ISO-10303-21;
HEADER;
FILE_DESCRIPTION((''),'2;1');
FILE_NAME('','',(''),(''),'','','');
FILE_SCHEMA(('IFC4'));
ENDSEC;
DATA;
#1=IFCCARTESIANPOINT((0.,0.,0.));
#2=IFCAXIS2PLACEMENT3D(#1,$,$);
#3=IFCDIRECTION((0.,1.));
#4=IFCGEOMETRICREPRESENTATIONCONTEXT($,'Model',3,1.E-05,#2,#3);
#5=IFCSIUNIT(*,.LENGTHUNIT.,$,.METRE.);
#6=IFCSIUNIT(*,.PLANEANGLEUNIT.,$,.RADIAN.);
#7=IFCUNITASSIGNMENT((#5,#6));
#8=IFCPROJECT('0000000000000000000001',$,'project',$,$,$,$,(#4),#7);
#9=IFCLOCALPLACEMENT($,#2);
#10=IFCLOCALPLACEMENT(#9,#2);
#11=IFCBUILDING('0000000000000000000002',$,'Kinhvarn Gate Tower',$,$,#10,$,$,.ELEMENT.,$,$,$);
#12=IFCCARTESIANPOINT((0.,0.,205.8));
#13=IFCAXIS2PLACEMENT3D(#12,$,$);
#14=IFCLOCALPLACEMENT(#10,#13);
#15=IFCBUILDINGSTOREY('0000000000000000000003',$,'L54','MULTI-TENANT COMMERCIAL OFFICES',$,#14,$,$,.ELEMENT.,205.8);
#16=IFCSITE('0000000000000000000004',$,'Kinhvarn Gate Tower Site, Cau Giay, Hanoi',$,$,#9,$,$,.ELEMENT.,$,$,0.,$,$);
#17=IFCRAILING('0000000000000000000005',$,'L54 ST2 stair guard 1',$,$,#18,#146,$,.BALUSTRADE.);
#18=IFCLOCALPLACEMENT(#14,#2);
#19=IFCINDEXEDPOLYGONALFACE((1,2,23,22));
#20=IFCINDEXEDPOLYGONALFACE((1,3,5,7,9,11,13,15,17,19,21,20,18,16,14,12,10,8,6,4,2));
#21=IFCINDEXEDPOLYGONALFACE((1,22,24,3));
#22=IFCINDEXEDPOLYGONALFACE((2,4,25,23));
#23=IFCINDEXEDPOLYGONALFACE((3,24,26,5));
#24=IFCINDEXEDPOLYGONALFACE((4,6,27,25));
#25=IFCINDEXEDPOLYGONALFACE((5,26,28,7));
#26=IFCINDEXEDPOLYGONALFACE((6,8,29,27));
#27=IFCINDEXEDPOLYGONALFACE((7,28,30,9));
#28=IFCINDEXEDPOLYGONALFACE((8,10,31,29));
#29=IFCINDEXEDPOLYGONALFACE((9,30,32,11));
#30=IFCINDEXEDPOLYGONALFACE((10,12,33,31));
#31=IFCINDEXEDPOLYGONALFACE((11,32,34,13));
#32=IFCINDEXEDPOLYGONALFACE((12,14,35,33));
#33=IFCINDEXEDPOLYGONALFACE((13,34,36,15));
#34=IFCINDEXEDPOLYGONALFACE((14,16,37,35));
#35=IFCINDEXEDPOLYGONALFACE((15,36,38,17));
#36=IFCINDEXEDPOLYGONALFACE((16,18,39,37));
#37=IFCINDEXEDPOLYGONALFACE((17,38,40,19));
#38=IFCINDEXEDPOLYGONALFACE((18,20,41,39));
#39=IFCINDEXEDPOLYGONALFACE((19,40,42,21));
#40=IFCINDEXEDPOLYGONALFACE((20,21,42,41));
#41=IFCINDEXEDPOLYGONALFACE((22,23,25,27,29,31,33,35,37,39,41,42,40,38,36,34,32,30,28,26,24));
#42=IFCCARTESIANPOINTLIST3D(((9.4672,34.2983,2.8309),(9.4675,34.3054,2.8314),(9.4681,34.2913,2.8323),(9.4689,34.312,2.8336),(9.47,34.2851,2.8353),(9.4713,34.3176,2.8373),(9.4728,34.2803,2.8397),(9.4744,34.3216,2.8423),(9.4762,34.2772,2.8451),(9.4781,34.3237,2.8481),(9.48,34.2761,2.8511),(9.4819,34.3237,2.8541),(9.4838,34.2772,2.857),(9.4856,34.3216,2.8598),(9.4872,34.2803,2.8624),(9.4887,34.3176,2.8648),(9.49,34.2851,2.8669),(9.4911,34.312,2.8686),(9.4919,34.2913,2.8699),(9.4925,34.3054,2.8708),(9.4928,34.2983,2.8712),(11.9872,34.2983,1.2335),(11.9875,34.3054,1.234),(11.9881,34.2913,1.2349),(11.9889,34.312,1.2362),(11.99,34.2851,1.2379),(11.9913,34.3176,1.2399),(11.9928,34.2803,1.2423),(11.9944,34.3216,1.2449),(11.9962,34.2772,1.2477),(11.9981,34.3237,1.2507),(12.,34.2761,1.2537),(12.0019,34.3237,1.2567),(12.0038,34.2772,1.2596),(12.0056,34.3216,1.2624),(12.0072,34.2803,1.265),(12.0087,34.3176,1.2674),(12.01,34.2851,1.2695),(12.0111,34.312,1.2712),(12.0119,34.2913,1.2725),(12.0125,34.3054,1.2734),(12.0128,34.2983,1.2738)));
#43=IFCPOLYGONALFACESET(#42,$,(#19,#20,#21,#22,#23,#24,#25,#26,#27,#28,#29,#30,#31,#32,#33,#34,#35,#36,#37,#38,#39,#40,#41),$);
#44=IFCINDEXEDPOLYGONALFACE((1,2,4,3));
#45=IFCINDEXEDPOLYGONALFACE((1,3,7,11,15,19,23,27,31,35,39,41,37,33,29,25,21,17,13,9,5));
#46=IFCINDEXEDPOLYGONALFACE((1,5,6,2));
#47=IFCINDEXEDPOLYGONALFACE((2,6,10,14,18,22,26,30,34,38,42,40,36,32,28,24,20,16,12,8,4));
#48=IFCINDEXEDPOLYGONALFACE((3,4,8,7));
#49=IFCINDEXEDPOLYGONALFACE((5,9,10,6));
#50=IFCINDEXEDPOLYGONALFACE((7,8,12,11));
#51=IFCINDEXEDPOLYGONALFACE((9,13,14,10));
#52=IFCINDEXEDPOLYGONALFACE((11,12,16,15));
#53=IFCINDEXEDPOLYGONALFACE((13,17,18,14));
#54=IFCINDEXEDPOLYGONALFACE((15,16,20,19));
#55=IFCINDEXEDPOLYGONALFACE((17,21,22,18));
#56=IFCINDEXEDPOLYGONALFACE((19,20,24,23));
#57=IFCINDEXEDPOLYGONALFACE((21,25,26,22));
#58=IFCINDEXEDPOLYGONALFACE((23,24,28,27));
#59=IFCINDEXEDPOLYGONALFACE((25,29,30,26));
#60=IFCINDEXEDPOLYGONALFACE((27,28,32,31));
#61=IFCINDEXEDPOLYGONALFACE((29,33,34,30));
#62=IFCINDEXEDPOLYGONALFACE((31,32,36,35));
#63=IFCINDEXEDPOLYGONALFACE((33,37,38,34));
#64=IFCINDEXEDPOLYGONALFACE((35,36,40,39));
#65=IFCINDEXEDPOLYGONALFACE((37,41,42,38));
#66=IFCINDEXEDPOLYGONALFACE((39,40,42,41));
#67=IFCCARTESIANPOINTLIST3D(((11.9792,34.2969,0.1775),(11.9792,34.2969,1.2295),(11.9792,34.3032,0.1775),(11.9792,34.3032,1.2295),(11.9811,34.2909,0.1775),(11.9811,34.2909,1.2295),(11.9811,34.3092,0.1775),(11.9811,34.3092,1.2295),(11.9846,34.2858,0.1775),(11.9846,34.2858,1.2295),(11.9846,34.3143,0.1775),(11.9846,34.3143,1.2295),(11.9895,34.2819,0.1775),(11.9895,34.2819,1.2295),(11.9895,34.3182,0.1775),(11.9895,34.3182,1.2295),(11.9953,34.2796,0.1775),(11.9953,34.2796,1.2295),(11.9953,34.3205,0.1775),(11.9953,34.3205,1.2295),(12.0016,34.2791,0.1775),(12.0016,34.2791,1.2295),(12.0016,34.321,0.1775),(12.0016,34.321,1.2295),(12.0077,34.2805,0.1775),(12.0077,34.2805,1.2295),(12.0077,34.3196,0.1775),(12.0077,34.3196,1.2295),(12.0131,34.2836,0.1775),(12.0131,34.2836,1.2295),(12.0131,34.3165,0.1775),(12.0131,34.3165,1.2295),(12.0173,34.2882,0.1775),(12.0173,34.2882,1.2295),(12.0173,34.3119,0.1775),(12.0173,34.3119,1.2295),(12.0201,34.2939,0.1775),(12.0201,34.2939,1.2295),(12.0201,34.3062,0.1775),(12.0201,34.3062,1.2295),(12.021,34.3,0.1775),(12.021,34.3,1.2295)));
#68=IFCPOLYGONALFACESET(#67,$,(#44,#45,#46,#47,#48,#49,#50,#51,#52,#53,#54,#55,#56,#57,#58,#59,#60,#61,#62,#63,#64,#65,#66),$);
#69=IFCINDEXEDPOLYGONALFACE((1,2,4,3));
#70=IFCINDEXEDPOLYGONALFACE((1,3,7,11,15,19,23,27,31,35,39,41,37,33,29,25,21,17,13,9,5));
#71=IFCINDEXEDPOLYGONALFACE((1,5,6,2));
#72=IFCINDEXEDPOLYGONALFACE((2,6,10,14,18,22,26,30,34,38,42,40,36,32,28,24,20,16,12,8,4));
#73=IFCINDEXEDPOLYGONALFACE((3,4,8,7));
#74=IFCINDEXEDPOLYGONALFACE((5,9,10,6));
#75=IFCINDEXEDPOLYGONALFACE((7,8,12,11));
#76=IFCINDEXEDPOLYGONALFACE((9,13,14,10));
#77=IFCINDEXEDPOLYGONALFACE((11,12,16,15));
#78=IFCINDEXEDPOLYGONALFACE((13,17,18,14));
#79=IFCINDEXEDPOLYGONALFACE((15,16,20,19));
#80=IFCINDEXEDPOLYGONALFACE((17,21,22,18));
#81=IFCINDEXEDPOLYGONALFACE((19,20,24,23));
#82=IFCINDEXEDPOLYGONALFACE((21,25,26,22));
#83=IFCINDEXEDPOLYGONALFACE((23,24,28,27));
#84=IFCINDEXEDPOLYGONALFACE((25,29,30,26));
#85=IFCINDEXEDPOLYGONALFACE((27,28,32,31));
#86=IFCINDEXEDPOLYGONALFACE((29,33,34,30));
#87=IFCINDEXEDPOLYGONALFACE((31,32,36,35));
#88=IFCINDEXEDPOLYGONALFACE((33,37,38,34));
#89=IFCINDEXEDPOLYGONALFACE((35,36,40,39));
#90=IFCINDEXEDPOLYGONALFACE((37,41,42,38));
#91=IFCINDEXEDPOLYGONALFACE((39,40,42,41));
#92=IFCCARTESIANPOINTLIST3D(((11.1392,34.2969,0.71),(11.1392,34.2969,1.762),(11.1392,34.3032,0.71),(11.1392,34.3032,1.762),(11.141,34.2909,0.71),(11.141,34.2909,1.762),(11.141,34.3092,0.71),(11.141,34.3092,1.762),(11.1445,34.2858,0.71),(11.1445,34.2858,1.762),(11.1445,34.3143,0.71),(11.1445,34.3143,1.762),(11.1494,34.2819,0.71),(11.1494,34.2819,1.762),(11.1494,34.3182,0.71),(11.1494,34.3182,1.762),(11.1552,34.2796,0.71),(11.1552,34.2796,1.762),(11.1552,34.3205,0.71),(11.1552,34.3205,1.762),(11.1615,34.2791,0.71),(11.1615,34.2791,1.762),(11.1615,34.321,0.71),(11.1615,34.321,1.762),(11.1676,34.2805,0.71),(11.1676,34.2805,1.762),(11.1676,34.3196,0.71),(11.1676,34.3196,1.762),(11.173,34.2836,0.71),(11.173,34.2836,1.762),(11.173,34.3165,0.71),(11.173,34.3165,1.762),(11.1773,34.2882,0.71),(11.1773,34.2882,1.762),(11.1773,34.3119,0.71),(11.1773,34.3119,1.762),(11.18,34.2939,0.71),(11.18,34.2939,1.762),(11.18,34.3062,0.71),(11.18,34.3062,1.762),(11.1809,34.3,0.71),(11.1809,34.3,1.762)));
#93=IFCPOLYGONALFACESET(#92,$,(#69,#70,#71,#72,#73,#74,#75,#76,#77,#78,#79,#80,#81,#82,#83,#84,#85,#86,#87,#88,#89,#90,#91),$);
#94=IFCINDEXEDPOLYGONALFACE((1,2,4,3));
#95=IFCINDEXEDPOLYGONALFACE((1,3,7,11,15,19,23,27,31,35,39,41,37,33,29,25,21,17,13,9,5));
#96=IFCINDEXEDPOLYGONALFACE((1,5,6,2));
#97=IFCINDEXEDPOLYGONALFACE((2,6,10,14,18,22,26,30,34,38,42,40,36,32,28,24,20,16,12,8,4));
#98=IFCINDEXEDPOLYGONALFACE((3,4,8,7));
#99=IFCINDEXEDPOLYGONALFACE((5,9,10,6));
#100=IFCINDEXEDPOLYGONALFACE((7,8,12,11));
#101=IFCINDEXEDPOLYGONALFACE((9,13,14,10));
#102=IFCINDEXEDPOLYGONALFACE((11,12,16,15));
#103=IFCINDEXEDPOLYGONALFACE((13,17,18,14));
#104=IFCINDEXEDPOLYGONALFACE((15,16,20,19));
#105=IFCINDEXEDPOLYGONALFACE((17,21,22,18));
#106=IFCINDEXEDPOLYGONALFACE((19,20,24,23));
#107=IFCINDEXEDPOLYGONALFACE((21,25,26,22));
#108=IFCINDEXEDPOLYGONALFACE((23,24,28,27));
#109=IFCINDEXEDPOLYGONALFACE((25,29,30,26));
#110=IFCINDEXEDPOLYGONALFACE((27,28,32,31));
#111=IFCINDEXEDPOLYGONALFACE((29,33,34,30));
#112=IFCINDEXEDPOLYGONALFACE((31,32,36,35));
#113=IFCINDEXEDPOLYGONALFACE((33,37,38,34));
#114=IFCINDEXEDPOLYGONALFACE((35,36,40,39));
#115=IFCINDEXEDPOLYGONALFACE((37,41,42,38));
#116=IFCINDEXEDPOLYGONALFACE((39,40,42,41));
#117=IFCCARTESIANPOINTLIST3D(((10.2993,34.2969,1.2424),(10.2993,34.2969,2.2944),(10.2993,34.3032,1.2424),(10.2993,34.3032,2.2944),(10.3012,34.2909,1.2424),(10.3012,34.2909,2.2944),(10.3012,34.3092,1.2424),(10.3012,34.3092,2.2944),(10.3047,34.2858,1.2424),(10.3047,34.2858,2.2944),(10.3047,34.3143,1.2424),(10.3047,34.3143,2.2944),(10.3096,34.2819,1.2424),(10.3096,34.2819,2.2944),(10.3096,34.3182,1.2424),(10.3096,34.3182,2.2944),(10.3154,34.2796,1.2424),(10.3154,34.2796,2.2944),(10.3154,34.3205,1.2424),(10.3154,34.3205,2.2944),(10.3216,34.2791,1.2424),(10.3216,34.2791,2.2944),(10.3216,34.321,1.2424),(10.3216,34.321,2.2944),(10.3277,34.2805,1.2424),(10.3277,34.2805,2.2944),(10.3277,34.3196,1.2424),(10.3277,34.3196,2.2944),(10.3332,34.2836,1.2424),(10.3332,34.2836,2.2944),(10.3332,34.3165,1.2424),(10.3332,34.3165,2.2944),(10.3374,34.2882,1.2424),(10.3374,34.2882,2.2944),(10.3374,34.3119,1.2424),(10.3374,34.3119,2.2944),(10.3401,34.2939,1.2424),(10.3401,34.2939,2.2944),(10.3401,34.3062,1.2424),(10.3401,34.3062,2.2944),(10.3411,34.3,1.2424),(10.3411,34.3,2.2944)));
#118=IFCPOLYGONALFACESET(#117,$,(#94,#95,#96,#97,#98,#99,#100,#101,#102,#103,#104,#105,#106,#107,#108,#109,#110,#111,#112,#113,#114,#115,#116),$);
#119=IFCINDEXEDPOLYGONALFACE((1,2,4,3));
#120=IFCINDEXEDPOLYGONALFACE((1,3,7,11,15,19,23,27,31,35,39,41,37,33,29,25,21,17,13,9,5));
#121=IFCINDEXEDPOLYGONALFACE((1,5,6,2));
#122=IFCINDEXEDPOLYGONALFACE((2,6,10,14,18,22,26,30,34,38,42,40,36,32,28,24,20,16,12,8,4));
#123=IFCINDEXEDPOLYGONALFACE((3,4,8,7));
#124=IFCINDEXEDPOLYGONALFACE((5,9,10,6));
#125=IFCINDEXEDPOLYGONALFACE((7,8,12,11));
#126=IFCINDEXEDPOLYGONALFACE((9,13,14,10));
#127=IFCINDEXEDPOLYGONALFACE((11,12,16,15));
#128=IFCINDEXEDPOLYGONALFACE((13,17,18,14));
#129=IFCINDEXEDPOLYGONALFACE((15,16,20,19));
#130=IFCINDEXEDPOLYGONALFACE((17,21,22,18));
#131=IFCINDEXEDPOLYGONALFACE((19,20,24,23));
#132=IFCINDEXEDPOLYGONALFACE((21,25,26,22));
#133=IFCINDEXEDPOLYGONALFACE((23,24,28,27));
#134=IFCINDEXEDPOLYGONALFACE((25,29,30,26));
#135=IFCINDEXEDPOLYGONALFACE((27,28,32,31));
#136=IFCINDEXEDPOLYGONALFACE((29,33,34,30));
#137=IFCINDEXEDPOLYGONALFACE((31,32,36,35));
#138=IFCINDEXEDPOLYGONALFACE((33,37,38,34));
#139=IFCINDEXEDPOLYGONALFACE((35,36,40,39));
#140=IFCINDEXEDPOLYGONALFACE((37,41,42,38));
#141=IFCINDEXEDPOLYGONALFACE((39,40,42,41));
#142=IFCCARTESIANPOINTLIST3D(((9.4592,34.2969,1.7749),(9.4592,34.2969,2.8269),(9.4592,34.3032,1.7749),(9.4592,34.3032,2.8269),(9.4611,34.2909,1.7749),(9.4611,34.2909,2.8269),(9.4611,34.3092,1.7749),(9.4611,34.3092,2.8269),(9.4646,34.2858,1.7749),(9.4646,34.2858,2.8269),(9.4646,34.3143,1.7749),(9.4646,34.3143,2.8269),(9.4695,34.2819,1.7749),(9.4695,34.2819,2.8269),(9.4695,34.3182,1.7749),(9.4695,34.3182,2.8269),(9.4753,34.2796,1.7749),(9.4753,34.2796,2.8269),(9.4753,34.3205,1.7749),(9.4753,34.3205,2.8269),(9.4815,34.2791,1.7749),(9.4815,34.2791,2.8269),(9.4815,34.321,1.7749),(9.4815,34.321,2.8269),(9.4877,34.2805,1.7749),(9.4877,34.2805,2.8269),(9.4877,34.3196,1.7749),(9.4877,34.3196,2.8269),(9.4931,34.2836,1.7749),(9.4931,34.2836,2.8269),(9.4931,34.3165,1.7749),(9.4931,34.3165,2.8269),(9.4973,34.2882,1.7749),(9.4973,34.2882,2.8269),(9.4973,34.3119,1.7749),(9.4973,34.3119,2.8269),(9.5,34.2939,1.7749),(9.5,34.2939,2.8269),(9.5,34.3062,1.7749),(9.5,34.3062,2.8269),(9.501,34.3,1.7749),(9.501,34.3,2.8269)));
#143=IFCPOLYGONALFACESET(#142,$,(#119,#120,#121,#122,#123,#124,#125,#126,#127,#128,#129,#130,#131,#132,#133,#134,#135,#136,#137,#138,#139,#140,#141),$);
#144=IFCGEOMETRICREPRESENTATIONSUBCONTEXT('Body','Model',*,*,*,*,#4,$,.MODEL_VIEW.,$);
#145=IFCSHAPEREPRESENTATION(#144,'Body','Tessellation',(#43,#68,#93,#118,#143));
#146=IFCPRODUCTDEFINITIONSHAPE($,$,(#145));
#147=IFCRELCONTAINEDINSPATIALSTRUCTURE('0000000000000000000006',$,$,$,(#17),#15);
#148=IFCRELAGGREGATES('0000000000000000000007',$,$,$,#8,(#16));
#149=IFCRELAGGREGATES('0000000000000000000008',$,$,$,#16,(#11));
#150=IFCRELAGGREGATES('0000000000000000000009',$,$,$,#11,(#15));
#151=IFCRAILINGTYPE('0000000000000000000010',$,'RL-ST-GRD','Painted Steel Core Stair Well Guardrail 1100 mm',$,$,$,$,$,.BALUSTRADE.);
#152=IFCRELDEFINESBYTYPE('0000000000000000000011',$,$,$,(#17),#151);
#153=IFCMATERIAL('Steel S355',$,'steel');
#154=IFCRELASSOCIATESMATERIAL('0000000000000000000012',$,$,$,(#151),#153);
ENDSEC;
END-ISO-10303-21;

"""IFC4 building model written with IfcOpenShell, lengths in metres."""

from ifc_helpers import new_model, si_unit, direction, frame, origin, origin_2d, place, context, subcontext, project, spatial, circle, extrude, material, type_object, element, save


model = new_model("IFC4")

# Units and contexts
model_context = context("Model", 3, precision=1e-05, world=origin(), true_north=direction((0.0, 1.0)))
body_context = subcontext(model_context, "Body", "Model", "MODEL_VIEW")
ifc_project = project(units=[si_unit("LENGTHUNIT", "METRE"), si_unit("PLANEANGLEUNIT", "RADIAN")], contexts=[model_context])

# Site, building, storey
site_placement = place(None, origin())
site = spatial("IfcSite", under=ifc_project, at=site_placement, Name="Kinhvarn Gate Tower Site, Cau Giay, Hanoi", CompositionType="ELEMENT", RefElevation=0.0)
building_placement = place(site_placement, origin())
building = spatial("IfcBuilding", under=site, at=building_placement, Name="Kinhvarn Gate Tower", CompositionType="ELEMENT")
storey_placement = place(building_placement, frame((0.0, 0.0, 205.8)))
storey = spatial("IfcBuildingStorey", under=building, at=storey_placement, Name="L54", Description="MULTI-TENANT COMMERCIAL OFFICES", CompositionType="ELEMENT", Elevation=205.8)

# Railing
ifc_material_1 = material(Name="Steel S355", Category="steel")
railing_type_1 = type_object("IfcRailingType", Name="RL-ST-GRD", Description="Painted Steel Core Stair Well Guardrail 1100 mm", PredefinedType="BALUSTRADE", material=ifc_material_1)
railing_1_placement = place(storey_placement, frame((12.0, 34.3, 0.1775)))
element("IfcRailing", 1, at=railing_1_placement, inside=storey, type_object=railing_type_1, Name="L54 ST2 stair guard 1", PredefinedType="BALUSTRADE", context=body_context, shape_type="SweptSolid", body=[
    extrude(circle(Radius=0.0239, at=origin_2d()), frame((0.0, 0.0, 1.0762), z_axis=(-0.844607, 0.0, 0.535387), x_axis=(0.0, -1.0, 0.0)), (0.0, 0.0, 1.0), 2.9836),
    extrude(circle(Radius=0.021, at=origin_2d()), origin(), (0.0, 0.0, 1.0), 1.052),
    extrude(circle(Radius=0.021, at=origin_2d()), frame((-0.8401, 0.0, 0.5325)), (0.0, 0.0, 1.0), 1.052),
    extrude(circle(Radius=0.021, at=origin_2d()), frame((-1.6799, 0.0, 1.0649)), (0.0, 0.0, 1.0), 1.052),
    extrude(circle(Radius=0.021, at=origin_2d()), frame((-2.52, 0.0, 1.5974)), (0.0, 0.0, 1.0), 1.052),
])

save(model, "model.ifc")
